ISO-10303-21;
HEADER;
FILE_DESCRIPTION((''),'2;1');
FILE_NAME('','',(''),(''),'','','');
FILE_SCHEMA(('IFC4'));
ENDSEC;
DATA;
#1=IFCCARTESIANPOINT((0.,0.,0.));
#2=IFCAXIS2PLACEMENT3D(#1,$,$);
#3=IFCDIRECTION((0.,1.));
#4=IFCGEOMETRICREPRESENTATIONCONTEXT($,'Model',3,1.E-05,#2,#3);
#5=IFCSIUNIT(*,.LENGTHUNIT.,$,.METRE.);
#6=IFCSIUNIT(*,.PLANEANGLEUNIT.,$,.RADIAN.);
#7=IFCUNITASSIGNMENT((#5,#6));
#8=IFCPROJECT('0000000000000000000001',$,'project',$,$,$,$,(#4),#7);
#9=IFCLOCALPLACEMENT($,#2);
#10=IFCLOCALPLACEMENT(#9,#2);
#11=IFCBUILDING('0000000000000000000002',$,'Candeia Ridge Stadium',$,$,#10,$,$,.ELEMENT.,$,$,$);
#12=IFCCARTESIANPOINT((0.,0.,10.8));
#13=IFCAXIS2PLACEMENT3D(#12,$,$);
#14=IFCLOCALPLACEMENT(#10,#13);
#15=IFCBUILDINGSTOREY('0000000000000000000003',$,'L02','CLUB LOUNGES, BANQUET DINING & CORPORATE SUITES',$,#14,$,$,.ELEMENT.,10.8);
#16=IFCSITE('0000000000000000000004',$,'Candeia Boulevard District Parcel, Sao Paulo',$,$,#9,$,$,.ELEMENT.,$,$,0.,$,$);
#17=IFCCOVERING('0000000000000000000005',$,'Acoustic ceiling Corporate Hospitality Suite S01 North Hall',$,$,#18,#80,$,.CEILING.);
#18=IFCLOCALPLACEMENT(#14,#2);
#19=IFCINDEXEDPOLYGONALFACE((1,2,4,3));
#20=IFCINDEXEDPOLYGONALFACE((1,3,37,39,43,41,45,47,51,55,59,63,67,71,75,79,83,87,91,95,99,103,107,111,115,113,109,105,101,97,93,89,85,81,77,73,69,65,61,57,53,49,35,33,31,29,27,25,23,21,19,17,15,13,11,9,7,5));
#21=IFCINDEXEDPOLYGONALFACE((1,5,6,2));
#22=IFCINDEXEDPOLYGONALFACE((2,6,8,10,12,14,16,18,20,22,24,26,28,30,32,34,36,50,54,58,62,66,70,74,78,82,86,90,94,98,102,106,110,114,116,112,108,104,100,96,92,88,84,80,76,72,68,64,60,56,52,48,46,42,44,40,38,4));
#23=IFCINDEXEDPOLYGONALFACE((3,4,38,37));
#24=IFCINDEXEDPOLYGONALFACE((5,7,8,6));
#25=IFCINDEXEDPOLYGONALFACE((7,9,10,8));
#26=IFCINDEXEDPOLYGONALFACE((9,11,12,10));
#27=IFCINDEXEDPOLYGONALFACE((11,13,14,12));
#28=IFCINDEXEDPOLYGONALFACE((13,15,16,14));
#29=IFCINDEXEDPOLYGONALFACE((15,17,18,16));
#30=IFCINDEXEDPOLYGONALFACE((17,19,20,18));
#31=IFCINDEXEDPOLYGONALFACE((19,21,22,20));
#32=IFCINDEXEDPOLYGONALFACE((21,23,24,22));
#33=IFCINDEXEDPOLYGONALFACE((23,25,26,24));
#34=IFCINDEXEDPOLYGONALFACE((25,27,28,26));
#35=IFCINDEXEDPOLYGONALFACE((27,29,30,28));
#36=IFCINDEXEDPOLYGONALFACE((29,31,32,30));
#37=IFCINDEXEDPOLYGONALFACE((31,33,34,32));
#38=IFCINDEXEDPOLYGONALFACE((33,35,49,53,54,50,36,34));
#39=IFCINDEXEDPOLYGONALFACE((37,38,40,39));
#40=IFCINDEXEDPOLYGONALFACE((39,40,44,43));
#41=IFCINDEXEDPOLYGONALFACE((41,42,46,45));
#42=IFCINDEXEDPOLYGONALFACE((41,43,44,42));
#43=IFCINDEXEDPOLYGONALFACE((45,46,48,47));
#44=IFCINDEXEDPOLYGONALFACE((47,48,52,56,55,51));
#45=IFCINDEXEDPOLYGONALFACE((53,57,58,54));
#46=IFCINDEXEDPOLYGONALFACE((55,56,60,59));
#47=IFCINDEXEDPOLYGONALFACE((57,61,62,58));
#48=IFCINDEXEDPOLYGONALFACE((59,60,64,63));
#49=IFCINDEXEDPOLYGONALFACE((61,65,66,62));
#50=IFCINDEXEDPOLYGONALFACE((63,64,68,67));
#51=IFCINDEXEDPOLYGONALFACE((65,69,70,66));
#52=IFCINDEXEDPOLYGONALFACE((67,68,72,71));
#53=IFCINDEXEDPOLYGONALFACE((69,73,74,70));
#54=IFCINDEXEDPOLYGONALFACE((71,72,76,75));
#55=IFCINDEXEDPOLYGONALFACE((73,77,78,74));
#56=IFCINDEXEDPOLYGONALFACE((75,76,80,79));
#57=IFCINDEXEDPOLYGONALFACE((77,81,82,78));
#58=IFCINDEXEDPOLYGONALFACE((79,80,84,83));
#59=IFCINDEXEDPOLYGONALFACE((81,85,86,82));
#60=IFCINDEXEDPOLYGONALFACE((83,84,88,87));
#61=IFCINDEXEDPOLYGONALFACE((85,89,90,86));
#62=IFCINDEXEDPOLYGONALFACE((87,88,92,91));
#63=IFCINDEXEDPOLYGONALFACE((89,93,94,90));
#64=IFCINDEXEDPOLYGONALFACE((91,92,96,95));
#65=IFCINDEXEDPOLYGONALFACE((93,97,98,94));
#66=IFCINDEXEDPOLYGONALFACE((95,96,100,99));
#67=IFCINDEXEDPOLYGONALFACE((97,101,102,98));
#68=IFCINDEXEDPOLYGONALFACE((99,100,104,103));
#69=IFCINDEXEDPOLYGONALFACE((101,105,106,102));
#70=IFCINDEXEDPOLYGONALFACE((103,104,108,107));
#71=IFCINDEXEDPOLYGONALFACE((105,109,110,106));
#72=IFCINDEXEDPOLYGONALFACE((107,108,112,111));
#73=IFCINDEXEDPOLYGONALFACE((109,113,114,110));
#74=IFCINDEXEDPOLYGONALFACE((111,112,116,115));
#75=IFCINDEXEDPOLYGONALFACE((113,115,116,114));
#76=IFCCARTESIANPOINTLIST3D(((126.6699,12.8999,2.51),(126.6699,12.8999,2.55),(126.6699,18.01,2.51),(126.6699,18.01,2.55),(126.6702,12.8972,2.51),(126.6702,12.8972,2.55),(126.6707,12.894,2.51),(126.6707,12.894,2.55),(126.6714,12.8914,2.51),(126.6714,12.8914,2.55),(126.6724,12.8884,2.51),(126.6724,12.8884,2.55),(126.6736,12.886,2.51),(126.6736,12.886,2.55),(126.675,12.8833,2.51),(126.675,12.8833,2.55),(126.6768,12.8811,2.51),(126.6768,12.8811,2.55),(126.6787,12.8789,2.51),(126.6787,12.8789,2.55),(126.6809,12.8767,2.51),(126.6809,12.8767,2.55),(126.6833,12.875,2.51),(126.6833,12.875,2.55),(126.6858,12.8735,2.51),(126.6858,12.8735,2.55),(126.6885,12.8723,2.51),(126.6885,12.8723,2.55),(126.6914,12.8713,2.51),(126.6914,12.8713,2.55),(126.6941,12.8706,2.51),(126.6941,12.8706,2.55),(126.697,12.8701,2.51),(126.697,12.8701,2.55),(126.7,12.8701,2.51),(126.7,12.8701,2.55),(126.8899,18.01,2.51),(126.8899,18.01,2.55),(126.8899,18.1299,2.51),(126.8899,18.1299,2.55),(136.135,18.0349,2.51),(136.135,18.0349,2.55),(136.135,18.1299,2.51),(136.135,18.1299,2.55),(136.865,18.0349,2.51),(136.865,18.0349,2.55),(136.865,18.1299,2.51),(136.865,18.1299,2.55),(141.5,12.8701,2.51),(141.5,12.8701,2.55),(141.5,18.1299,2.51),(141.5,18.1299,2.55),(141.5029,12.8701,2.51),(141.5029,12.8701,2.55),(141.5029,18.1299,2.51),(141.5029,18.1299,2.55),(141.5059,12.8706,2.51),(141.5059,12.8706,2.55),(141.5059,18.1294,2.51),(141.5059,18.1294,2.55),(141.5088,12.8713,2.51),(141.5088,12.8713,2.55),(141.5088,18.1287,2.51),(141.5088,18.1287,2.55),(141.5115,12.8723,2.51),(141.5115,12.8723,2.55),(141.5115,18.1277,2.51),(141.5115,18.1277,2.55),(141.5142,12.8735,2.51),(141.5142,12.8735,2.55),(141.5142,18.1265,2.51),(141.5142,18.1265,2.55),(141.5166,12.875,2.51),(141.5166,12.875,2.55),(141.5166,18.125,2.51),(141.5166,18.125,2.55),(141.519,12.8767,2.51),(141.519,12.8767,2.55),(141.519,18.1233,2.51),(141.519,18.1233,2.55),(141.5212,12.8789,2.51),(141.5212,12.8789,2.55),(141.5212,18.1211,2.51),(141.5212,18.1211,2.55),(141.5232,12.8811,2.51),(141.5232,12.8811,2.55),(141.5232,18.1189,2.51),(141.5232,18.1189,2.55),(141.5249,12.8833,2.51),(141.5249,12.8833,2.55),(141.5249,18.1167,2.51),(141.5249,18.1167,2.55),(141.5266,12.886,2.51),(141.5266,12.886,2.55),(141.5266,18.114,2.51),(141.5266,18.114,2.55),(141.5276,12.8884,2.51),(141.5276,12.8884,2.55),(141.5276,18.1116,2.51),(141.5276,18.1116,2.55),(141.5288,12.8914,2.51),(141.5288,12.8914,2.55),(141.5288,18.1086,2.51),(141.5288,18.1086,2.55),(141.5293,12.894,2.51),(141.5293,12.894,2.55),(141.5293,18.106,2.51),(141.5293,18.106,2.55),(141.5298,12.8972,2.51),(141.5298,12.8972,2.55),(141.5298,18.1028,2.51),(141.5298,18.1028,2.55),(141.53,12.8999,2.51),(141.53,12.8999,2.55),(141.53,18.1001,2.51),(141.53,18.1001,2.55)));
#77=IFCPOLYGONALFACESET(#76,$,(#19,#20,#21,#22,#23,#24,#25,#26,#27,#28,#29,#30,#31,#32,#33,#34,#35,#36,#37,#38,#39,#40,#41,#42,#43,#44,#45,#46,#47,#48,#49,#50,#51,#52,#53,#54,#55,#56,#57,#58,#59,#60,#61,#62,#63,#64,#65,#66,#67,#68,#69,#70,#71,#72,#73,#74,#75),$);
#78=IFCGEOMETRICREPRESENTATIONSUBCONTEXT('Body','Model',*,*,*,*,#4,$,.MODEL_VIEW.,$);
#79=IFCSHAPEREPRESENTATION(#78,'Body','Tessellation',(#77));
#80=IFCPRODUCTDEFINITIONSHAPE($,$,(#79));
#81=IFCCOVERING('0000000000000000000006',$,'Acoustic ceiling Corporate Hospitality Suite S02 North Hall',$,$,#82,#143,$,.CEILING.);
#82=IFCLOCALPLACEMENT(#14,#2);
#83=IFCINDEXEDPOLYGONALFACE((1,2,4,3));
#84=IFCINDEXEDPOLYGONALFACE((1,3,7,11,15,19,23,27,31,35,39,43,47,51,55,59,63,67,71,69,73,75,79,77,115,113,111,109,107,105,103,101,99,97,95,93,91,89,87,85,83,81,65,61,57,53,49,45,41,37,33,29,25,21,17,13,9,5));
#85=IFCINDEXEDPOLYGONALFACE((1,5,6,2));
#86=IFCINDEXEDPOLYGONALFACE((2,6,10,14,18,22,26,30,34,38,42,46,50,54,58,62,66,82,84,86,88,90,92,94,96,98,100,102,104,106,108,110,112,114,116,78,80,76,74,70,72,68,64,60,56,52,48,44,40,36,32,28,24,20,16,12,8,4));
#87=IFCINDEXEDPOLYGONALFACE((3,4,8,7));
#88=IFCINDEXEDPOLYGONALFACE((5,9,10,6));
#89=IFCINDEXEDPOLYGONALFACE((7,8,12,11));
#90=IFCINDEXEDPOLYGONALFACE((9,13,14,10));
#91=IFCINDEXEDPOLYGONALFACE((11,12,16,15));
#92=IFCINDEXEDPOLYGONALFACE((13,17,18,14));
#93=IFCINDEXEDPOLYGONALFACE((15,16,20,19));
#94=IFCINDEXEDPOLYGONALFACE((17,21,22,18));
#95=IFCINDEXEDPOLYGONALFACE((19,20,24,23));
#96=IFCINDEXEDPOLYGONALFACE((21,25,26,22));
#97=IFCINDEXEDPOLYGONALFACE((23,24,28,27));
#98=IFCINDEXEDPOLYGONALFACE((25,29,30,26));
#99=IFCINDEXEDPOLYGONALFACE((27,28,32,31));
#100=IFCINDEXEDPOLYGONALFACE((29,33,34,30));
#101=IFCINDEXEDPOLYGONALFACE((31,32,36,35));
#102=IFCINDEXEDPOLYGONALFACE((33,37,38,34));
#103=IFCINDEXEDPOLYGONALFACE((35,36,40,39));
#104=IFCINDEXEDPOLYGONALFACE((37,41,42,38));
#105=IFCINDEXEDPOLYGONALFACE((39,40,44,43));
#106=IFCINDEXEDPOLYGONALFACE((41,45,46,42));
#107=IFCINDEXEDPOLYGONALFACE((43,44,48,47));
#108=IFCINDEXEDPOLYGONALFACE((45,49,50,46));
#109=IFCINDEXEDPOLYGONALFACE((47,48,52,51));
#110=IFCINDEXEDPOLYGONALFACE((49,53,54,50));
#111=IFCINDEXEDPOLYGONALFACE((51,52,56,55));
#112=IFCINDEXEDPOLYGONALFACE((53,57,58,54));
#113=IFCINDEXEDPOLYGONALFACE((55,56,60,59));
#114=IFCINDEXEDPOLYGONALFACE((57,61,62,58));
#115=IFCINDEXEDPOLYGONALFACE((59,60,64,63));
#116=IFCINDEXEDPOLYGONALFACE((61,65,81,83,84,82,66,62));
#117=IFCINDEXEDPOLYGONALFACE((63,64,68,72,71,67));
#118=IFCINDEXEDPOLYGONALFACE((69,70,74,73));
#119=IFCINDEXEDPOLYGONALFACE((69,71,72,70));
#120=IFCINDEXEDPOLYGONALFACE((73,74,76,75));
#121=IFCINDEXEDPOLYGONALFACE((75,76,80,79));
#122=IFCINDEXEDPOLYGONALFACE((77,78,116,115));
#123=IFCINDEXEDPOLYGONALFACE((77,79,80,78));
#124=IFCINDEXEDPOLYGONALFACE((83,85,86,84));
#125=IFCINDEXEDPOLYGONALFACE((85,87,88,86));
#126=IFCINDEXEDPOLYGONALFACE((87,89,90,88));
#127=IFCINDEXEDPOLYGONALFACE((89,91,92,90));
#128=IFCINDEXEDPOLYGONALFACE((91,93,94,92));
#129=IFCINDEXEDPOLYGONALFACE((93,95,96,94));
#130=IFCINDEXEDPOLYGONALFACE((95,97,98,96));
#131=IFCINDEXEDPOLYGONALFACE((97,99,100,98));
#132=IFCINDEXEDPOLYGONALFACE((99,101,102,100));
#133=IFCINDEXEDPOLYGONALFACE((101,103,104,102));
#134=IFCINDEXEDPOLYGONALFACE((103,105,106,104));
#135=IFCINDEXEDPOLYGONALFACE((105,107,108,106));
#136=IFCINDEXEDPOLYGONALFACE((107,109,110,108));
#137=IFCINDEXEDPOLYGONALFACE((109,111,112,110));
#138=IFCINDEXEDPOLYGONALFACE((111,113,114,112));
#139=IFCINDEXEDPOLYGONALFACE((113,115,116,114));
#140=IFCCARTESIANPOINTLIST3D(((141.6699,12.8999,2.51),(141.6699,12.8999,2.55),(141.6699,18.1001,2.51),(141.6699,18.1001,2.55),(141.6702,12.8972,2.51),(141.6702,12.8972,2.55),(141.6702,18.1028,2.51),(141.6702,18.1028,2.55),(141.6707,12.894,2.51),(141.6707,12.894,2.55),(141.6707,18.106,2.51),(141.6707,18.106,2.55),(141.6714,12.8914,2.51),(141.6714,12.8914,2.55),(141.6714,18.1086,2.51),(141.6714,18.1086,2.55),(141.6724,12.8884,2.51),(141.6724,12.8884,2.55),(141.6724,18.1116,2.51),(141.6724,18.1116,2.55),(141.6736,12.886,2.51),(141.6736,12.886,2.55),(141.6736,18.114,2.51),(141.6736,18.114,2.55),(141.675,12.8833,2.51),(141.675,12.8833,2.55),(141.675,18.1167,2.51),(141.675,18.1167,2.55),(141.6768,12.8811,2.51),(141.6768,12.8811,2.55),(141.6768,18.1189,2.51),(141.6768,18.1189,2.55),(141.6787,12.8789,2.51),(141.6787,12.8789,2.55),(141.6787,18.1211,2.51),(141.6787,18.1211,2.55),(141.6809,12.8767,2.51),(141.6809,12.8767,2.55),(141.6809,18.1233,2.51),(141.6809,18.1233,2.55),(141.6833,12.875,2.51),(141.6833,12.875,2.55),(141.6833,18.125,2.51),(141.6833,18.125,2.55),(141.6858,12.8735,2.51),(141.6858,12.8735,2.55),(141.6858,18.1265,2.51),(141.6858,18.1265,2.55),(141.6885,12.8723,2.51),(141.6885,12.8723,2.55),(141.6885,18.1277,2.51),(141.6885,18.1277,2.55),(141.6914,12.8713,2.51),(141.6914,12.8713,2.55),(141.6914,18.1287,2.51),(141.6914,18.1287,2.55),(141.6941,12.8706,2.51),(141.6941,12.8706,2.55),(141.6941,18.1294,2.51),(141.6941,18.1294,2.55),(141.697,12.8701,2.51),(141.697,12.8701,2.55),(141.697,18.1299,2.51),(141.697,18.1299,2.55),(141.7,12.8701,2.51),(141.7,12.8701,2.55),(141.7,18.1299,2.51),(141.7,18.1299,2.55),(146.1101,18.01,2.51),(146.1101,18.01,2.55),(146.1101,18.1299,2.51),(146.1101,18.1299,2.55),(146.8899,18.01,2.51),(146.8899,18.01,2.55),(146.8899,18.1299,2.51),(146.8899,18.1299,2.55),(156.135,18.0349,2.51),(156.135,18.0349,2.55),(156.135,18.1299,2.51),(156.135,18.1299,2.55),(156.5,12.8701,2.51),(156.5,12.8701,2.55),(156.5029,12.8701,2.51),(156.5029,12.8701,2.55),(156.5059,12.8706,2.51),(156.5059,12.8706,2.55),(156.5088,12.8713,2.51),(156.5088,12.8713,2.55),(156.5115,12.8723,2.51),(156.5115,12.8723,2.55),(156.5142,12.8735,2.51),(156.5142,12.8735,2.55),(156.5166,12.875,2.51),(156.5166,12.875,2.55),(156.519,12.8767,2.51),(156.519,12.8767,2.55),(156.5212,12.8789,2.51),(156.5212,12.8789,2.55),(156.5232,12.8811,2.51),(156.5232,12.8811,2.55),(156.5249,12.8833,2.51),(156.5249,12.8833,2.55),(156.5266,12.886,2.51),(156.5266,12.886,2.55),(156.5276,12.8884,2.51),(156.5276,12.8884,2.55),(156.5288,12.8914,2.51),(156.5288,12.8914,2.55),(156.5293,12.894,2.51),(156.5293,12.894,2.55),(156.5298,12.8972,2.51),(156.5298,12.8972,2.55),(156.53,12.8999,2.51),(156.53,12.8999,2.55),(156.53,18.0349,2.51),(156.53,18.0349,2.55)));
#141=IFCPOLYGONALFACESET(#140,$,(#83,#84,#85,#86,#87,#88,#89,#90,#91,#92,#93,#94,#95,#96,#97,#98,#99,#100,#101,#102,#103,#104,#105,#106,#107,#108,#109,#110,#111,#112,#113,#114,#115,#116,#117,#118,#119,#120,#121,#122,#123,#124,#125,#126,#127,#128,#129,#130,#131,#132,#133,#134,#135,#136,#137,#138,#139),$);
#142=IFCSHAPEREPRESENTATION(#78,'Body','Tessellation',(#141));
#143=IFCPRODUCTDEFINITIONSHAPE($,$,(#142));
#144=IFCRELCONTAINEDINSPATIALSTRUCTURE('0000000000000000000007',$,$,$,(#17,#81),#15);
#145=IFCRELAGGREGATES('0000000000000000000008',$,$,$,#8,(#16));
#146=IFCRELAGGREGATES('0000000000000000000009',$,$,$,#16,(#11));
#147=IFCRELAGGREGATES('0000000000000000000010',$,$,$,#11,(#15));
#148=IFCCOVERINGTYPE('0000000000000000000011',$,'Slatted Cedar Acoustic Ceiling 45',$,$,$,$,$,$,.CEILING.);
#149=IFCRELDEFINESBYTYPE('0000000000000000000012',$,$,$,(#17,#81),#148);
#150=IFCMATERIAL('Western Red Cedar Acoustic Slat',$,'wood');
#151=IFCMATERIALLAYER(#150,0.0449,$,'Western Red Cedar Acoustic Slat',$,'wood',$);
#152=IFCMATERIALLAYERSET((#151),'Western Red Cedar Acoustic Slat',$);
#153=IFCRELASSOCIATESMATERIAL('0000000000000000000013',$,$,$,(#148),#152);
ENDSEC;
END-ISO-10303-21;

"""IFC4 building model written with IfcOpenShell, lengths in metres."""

from ifc_helpers import new_model, si_unit, direction, frame, origin, place, context, subcontext, project, spatial, polyline, outline, extrude, material, layer, layer_set, type_object, element, save


model = new_model("IFC4")

# Units and contexts
model_context = context("Model", 3, precision=1e-05, world=origin(), true_north=direction((0.0, 1.0)))
body_context = subcontext(model_context, "Body", "Model", "MODEL_VIEW")
ifc_project = project(units=[si_unit("LENGTHUNIT", "METRE"), si_unit("PLANEANGLEUNIT", "RADIAN")], contexts=[model_context])

# Site, building, storey
site_placement = place(None, origin())
site = spatial("IfcSite", under=ifc_project, at=site_placement, Name="Candeia Boulevard District Parcel, Sao Paulo", CompositionType="ELEMENT", RefElevation=0.0)
building_placement = place(site_placement, origin())
building = spatial("IfcBuilding", under=site, at=building_placement, Name="Candeia Ridge Stadium", CompositionType="ELEMENT")
storey_placement = place(building_placement, frame((0.0, 0.0, 10.8)))
storey = spatial("IfcBuildingStorey", under=building, at=storey_placement, Name="L02", Description="CLUB LOUNGES, BANQUET DINING & CORPORATE SUITES", CompositionType="ELEMENT", Elevation=10.8)

# Coverings
ifc_material_1 = material(Name="Western Red Cedar Acoustic Slat", Category="wood")
ifc_layer_1 = layer(ifc_material_1, 0.0449, Name="Western Red Cedar Acoustic Slat", Category="wood")
ifc_layer_set_1 = layer_set([ifc_layer_1], Name="Western Red Cedar Acoustic Slat")
covering_type_1 = type_object("IfcCoveringType", Name="Slatted Cedar Acoustic Ceiling 45", PredefinedType="CEILING", material=ifc_layer_set_1)
covering_1_placement = place(storey_placement, frame((0.0, 0.0, 2.51)))
element("IfcCovering", 1, at=covering_1_placement, inside=storey, type_object=covering_type_1, Name="Acoustic ceiling Corporate Hospitality Suite S01 North Hall", PredefinedType="CEILING", context=body_context, shape_type="SweptSolid", body=[
    extrude(outline(polyline([(126.6941, 12.8706), (126.6914, 12.8713), (126.6885, 12.8723), (126.6858, 12.8735), (126.6833, 12.875), (126.6809, 12.8767), (126.6787, 12.8789), (126.6768, 12.8811), (126.675, 12.8833), (126.6736, 12.886), (126.6724, 12.8884), (126.6714, 12.8914), (126.6707, 12.894), (126.6702, 12.8972), (126.6699, 12.8999), (126.6699, 18.01), (126.8899, 18.01), (126.8899, 18.1299), (136.135, 18.1299), (136.135, 18.0349), (136.865, 18.0349), (136.865, 18.1299), (141.5, 18.1299), (141.5029, 18.1299), (141.5059, 18.1294), (141.5088, 18.1287), (141.5115, 18.1277), (141.5142, 18.1265), (141.5166, 18.125), (141.519, 18.1233), (141.5212, 18.1211), (141.5232, 18.1189), (141.5249, 18.1167), (141.5266, 18.114), (141.5276, 18.1116), (141.5288, 18.1086), (141.5293, 18.106), (141.5298, 18.1028), (141.53, 18.1001), (141.53, 12.8999), (141.5298, 12.8972), (141.5293, 12.894), (141.5288, 12.8914), (141.5276, 12.8884), (141.5266, 12.886), (141.5249, 12.8833), (141.5232, 12.8811), (141.5212, 12.8789), (141.519, 12.8767), (141.5166, 12.875), (141.5142, 12.8735), (141.5115, 12.8723), (141.5088, 12.8713), (141.5059, 12.8706), (141.5029, 12.8701), (141.5, 12.8701), (126.7, 12.8701), (126.697, 12.8701), (126.6941, 12.8706)])), origin(), (0.0, 0.0, 1.0), 0.04),
])
covering_2_placement = place(storey_placement, frame((0.0, 0.0, 2.51)))
element("IfcCovering", 2, at=covering_2_placement, inside=storey, type_object=covering_type_1, Name="Acoustic ceiling Corporate Hospitality Suite S02 North Hall", PredefinedType="CEILING", context=body_context, shape_type="SweptSolid", body=[
    extrude(outline(polyline([(141.6941, 12.8706), (141.6914, 12.8713), (141.6885, 12.8723), (141.6858, 12.8735), (141.6833, 12.875), (141.6809, 12.8767), (141.6787, 12.8789), (141.6768, 12.8811), (141.675, 12.8833), (141.6736, 12.886), (141.6724, 12.8884), (141.6714, 12.8914), (141.6707, 12.894), (141.6702, 12.8972), (141.6699, 12.8999), (141.6699, 18.1001), (141.6702, 18.1028), (141.6707, 18.106), (141.6714, 18.1086), (141.6724, 18.1116), (141.6736, 18.114), (141.675, 18.1167), (141.6768, 18.1189), (141.6787, 18.1211), (141.6809, 18.1233), (141.6833, 18.125), (141.6858, 18.1265), (141.6885, 18.1277), (141.6914, 18.1287), (141.6941, 18.1294), (141.697, 18.1299), (141.7, 18.1299), (146.1101, 18.1299), (146.1101, 18.01), (146.8899, 18.01), (146.8899, 18.1299), (156.135, 18.1299), (156.135, 18.0349), (156.53, 18.0349), (156.53, 12.8999), (156.5298, 12.8972), (156.5293, 12.894), (156.5288, 12.8914), (156.5276, 12.8884), (156.5266, 12.886), (156.5249, 12.8833), (156.5232, 12.8811), (156.5212, 12.8789), (156.519, 12.8767), (156.5166, 12.875), (156.5142, 12.8735), (156.5115, 12.8723), (156.5088, 12.8713), (156.5059, 12.8706), (156.5029, 12.8701), (156.5, 12.8701), (141.7, 12.8701), (141.697, 12.8701), (141.6941, 12.8706)])), origin(), (0.0, 0.0, 1.0), 0.04),
])

save(model, "model.ifc")
